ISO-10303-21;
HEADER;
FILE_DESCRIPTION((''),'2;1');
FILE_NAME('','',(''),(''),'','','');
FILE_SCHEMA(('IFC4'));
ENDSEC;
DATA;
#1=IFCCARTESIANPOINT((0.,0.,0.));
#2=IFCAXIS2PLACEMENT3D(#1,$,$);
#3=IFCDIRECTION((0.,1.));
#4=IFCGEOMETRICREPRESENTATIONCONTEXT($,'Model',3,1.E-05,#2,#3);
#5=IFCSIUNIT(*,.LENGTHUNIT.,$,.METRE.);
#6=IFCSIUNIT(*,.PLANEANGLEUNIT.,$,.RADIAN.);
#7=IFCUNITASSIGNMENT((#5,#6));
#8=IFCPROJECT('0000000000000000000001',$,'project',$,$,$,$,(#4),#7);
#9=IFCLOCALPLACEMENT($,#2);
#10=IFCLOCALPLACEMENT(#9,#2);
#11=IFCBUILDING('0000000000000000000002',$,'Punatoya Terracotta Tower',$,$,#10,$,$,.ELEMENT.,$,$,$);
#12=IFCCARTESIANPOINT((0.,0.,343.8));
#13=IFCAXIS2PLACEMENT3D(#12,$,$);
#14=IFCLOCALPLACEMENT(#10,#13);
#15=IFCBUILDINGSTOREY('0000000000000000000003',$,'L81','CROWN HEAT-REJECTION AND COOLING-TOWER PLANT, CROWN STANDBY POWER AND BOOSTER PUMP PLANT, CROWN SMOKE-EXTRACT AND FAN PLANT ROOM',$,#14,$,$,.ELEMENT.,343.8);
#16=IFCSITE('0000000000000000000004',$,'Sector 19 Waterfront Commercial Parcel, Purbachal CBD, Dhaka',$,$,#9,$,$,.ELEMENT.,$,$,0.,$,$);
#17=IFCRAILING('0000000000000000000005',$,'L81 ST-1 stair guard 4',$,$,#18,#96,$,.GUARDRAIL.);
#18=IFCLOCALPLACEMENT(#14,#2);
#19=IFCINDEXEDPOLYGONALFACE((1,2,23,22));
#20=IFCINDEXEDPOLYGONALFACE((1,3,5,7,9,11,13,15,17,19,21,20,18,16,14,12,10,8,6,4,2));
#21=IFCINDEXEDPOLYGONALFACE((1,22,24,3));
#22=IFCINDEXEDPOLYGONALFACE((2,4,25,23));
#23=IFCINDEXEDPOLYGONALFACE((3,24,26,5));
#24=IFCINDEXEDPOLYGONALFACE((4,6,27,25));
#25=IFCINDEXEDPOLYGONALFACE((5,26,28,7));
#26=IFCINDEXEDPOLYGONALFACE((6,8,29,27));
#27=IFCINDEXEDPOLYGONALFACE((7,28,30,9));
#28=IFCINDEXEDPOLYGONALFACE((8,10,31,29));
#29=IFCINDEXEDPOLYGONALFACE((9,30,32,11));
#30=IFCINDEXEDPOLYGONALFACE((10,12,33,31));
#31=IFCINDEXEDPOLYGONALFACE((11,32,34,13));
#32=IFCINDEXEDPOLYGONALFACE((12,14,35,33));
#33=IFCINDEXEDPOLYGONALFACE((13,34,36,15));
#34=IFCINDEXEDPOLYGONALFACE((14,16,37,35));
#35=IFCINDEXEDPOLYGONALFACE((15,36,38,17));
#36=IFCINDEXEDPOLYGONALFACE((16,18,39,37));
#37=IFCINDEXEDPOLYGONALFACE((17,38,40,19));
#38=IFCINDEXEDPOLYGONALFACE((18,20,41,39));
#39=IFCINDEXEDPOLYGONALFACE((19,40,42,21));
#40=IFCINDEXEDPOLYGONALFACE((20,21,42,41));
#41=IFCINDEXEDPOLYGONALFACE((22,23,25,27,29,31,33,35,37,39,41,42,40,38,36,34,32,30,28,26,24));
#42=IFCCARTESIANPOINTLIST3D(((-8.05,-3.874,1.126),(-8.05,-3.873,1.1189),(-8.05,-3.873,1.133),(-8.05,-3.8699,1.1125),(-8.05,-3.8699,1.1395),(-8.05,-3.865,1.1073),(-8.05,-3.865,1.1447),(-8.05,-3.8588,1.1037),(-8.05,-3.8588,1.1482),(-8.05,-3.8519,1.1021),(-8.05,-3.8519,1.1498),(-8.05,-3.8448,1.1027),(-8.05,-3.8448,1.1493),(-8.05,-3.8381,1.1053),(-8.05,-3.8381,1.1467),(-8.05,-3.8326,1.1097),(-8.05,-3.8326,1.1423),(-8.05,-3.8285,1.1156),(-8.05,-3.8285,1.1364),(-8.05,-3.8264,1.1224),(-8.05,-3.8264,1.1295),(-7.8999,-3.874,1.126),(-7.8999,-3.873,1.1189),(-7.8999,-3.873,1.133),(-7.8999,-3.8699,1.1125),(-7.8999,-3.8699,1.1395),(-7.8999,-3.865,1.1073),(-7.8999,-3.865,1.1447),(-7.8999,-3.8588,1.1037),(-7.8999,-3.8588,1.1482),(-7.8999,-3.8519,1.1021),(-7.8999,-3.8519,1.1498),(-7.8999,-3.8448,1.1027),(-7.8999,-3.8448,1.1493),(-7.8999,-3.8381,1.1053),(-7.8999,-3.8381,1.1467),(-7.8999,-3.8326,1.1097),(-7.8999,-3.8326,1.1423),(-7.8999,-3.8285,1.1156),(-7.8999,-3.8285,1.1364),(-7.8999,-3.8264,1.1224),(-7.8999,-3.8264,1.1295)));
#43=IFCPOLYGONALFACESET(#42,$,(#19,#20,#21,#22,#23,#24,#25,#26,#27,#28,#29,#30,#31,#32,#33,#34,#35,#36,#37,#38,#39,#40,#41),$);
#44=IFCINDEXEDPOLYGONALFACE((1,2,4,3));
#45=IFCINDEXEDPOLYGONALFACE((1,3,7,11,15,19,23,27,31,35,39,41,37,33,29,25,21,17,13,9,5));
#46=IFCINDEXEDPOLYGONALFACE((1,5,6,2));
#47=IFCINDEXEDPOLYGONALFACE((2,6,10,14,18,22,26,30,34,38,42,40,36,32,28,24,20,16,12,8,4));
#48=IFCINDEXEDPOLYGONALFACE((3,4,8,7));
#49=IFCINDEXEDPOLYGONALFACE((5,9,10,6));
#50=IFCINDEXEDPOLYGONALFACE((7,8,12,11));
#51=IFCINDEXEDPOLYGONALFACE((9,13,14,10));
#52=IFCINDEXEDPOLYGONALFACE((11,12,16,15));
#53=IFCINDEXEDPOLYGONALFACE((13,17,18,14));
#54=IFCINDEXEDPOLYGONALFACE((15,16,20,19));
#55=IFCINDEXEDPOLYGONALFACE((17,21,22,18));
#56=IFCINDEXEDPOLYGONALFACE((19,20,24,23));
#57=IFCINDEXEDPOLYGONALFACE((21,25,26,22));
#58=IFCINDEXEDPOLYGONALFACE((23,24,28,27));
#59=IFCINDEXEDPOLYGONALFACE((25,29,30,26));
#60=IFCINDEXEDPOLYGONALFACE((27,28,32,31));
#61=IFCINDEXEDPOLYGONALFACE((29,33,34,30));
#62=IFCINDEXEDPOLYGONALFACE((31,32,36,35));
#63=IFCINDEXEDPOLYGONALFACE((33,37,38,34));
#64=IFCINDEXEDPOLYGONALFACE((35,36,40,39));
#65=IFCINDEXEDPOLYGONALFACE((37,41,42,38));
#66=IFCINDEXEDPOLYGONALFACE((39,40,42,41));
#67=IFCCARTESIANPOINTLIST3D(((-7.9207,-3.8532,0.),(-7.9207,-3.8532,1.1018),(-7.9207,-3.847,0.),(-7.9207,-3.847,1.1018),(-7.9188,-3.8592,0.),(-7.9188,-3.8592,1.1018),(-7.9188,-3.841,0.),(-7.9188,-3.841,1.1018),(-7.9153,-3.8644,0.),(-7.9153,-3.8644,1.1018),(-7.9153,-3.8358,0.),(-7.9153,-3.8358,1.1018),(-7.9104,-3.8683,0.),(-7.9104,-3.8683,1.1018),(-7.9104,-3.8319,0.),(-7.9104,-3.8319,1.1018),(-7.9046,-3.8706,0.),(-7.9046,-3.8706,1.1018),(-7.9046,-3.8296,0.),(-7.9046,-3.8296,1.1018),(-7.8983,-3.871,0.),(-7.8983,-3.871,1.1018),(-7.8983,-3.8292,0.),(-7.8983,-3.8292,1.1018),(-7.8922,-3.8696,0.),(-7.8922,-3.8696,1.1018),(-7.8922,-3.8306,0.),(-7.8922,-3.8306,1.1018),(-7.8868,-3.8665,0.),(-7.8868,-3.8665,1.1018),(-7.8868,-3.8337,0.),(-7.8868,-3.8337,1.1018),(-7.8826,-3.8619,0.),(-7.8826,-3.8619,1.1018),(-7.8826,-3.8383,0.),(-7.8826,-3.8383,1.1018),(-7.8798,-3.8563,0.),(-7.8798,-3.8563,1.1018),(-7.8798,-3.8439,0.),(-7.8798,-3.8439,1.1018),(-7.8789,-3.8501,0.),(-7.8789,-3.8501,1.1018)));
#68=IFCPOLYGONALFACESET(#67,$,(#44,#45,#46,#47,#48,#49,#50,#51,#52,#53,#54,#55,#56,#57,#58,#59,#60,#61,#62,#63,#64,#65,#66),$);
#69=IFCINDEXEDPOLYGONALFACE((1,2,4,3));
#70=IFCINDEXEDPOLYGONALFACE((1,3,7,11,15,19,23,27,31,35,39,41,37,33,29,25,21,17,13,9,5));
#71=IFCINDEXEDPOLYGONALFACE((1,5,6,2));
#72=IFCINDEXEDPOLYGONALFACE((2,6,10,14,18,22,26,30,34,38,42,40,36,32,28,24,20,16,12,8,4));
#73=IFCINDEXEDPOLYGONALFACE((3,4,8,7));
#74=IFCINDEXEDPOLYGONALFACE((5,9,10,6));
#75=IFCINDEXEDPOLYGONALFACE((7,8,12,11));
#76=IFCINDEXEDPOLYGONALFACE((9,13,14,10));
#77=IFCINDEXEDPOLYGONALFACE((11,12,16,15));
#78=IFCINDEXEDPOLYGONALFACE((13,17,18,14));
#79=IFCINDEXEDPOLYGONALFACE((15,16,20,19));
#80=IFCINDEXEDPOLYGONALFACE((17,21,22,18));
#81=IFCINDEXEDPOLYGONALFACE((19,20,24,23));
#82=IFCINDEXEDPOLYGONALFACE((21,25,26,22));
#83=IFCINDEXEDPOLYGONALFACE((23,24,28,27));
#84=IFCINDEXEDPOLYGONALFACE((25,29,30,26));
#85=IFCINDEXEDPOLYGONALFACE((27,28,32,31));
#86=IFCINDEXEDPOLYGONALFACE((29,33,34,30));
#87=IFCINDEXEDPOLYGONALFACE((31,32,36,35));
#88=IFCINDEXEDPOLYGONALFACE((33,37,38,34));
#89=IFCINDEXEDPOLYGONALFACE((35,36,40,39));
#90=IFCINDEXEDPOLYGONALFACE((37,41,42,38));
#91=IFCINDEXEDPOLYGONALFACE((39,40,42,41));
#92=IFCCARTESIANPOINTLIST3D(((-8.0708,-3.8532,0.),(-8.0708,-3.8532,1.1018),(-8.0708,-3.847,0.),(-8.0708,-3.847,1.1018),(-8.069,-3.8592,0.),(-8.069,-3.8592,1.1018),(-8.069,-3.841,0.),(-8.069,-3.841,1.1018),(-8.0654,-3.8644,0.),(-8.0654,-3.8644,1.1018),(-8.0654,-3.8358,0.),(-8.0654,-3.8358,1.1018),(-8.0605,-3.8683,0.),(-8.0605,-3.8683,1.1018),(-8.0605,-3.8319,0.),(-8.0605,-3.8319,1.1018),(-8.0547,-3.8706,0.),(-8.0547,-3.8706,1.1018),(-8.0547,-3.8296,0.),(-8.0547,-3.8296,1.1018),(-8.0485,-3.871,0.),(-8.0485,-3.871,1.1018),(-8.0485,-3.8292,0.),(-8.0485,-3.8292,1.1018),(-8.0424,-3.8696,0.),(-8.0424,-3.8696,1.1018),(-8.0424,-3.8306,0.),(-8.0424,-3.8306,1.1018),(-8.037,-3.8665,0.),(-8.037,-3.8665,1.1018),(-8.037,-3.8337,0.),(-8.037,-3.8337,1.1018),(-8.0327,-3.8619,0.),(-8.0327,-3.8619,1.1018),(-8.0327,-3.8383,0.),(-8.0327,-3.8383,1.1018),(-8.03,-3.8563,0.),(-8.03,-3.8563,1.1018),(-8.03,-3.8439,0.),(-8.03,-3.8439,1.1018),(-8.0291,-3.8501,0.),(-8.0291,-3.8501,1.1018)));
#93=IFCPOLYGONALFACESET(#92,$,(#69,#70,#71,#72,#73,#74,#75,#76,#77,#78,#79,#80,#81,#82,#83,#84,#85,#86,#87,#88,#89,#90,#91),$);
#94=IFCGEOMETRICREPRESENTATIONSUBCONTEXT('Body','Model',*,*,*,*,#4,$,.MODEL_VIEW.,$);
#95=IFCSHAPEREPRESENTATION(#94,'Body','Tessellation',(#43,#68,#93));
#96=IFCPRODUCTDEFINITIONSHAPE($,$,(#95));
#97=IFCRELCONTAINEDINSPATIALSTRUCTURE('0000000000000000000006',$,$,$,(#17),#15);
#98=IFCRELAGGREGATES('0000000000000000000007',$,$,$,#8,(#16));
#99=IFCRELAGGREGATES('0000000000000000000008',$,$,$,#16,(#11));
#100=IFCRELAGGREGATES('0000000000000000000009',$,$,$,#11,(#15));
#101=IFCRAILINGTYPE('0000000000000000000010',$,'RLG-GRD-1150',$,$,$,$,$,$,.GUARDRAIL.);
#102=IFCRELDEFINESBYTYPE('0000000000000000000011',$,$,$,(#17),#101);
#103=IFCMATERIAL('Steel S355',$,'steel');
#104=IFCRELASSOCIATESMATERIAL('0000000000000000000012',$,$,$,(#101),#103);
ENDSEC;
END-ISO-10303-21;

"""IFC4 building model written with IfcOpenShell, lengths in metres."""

from ifc_helpers import new_model, si_unit, direction, frame, origin, origin_2d, place, context, subcontext, project, spatial, circle, extrude, material, type_object, element, save


model = new_model("IFC4")

# Units and contexts
model_context = context("Model", 3, precision=1e-05, world=origin(), true_north=direction((0.0, 1.0)))
body_context = subcontext(model_context, "Body", "Model", "MODEL_VIEW")
ifc_project = project(units=[si_unit("LENGTHUNIT", "METRE"), si_unit("PLANEANGLEUNIT", "RADIAN")], contexts=[model_context])

# Site, building, storey
site_placement = place(None, origin())
site = spatial("IfcSite", under=ifc_project, at=site_placement, Name="Sector 19 Waterfront Commercial Parcel, Purbachal CBD, Dhaka", CompositionType="ELEMENT", RefElevation=0.0)
building_placement = place(site_placement, origin())
building = spatial("IfcBuilding", under=site, at=building_placement, Name="Punatoya Terracotta Tower", CompositionType="ELEMENT")
storey_placement = place(building_placement, frame((0.0, 0.0, 343.8)))
storey = spatial("IfcBuildingStorey", under=building, at=storey_placement, Name="L81", Description="CROWN HEAT-REJECTION AND COOLING-TOWER PLANT, CROWN STANDBY POWER AND BOOSTER PUMP PLANT, CROWN SMOKE-EXTRACT AND FAN PLANT ROOM", CompositionType="ELEMENT", Elevation=343.8)

# Railing
ifc_material_1 = material(Name="Steel S355", Category="steel")
railing_type_1 = type_object("IfcRailingType", Name="RLG-GRD-1150", PredefinedType="GUARDRAIL", material=ifc_material_1)
railing_1_placement = place(storey_placement, frame((-7.8999, -3.8501, 0.0)))
element("IfcRailing", 1, at=railing_1_placement, inside=storey, type_object=railing_type_1, Name="L81 ST-1 stair guard 4", PredefinedType="GUARDRAIL", context=body_context, shape_type="SweptSolid", body=[
    extrude(circle(Radius=0.0239, at=origin_2d()), frame((0.0, 0.0, 1.126), z_axis=(-1.0, 0.0, 0.0), x_axis=(0.0, -1.0, 0.0)), (0.0, 0.0, 1.0), 0.1501),
    extrude(circle(Radius=0.021, at=origin_2d()), origin(), (0.0, 0.0, 1.0), 1.1018),
    extrude(circle(Radius=0.021, at=origin_2d()), frame((-0.1501, 0.0, 0.0)), (0.0, 0.0, 1.0), 1.1018),
])

save(model, "model.ifc")
